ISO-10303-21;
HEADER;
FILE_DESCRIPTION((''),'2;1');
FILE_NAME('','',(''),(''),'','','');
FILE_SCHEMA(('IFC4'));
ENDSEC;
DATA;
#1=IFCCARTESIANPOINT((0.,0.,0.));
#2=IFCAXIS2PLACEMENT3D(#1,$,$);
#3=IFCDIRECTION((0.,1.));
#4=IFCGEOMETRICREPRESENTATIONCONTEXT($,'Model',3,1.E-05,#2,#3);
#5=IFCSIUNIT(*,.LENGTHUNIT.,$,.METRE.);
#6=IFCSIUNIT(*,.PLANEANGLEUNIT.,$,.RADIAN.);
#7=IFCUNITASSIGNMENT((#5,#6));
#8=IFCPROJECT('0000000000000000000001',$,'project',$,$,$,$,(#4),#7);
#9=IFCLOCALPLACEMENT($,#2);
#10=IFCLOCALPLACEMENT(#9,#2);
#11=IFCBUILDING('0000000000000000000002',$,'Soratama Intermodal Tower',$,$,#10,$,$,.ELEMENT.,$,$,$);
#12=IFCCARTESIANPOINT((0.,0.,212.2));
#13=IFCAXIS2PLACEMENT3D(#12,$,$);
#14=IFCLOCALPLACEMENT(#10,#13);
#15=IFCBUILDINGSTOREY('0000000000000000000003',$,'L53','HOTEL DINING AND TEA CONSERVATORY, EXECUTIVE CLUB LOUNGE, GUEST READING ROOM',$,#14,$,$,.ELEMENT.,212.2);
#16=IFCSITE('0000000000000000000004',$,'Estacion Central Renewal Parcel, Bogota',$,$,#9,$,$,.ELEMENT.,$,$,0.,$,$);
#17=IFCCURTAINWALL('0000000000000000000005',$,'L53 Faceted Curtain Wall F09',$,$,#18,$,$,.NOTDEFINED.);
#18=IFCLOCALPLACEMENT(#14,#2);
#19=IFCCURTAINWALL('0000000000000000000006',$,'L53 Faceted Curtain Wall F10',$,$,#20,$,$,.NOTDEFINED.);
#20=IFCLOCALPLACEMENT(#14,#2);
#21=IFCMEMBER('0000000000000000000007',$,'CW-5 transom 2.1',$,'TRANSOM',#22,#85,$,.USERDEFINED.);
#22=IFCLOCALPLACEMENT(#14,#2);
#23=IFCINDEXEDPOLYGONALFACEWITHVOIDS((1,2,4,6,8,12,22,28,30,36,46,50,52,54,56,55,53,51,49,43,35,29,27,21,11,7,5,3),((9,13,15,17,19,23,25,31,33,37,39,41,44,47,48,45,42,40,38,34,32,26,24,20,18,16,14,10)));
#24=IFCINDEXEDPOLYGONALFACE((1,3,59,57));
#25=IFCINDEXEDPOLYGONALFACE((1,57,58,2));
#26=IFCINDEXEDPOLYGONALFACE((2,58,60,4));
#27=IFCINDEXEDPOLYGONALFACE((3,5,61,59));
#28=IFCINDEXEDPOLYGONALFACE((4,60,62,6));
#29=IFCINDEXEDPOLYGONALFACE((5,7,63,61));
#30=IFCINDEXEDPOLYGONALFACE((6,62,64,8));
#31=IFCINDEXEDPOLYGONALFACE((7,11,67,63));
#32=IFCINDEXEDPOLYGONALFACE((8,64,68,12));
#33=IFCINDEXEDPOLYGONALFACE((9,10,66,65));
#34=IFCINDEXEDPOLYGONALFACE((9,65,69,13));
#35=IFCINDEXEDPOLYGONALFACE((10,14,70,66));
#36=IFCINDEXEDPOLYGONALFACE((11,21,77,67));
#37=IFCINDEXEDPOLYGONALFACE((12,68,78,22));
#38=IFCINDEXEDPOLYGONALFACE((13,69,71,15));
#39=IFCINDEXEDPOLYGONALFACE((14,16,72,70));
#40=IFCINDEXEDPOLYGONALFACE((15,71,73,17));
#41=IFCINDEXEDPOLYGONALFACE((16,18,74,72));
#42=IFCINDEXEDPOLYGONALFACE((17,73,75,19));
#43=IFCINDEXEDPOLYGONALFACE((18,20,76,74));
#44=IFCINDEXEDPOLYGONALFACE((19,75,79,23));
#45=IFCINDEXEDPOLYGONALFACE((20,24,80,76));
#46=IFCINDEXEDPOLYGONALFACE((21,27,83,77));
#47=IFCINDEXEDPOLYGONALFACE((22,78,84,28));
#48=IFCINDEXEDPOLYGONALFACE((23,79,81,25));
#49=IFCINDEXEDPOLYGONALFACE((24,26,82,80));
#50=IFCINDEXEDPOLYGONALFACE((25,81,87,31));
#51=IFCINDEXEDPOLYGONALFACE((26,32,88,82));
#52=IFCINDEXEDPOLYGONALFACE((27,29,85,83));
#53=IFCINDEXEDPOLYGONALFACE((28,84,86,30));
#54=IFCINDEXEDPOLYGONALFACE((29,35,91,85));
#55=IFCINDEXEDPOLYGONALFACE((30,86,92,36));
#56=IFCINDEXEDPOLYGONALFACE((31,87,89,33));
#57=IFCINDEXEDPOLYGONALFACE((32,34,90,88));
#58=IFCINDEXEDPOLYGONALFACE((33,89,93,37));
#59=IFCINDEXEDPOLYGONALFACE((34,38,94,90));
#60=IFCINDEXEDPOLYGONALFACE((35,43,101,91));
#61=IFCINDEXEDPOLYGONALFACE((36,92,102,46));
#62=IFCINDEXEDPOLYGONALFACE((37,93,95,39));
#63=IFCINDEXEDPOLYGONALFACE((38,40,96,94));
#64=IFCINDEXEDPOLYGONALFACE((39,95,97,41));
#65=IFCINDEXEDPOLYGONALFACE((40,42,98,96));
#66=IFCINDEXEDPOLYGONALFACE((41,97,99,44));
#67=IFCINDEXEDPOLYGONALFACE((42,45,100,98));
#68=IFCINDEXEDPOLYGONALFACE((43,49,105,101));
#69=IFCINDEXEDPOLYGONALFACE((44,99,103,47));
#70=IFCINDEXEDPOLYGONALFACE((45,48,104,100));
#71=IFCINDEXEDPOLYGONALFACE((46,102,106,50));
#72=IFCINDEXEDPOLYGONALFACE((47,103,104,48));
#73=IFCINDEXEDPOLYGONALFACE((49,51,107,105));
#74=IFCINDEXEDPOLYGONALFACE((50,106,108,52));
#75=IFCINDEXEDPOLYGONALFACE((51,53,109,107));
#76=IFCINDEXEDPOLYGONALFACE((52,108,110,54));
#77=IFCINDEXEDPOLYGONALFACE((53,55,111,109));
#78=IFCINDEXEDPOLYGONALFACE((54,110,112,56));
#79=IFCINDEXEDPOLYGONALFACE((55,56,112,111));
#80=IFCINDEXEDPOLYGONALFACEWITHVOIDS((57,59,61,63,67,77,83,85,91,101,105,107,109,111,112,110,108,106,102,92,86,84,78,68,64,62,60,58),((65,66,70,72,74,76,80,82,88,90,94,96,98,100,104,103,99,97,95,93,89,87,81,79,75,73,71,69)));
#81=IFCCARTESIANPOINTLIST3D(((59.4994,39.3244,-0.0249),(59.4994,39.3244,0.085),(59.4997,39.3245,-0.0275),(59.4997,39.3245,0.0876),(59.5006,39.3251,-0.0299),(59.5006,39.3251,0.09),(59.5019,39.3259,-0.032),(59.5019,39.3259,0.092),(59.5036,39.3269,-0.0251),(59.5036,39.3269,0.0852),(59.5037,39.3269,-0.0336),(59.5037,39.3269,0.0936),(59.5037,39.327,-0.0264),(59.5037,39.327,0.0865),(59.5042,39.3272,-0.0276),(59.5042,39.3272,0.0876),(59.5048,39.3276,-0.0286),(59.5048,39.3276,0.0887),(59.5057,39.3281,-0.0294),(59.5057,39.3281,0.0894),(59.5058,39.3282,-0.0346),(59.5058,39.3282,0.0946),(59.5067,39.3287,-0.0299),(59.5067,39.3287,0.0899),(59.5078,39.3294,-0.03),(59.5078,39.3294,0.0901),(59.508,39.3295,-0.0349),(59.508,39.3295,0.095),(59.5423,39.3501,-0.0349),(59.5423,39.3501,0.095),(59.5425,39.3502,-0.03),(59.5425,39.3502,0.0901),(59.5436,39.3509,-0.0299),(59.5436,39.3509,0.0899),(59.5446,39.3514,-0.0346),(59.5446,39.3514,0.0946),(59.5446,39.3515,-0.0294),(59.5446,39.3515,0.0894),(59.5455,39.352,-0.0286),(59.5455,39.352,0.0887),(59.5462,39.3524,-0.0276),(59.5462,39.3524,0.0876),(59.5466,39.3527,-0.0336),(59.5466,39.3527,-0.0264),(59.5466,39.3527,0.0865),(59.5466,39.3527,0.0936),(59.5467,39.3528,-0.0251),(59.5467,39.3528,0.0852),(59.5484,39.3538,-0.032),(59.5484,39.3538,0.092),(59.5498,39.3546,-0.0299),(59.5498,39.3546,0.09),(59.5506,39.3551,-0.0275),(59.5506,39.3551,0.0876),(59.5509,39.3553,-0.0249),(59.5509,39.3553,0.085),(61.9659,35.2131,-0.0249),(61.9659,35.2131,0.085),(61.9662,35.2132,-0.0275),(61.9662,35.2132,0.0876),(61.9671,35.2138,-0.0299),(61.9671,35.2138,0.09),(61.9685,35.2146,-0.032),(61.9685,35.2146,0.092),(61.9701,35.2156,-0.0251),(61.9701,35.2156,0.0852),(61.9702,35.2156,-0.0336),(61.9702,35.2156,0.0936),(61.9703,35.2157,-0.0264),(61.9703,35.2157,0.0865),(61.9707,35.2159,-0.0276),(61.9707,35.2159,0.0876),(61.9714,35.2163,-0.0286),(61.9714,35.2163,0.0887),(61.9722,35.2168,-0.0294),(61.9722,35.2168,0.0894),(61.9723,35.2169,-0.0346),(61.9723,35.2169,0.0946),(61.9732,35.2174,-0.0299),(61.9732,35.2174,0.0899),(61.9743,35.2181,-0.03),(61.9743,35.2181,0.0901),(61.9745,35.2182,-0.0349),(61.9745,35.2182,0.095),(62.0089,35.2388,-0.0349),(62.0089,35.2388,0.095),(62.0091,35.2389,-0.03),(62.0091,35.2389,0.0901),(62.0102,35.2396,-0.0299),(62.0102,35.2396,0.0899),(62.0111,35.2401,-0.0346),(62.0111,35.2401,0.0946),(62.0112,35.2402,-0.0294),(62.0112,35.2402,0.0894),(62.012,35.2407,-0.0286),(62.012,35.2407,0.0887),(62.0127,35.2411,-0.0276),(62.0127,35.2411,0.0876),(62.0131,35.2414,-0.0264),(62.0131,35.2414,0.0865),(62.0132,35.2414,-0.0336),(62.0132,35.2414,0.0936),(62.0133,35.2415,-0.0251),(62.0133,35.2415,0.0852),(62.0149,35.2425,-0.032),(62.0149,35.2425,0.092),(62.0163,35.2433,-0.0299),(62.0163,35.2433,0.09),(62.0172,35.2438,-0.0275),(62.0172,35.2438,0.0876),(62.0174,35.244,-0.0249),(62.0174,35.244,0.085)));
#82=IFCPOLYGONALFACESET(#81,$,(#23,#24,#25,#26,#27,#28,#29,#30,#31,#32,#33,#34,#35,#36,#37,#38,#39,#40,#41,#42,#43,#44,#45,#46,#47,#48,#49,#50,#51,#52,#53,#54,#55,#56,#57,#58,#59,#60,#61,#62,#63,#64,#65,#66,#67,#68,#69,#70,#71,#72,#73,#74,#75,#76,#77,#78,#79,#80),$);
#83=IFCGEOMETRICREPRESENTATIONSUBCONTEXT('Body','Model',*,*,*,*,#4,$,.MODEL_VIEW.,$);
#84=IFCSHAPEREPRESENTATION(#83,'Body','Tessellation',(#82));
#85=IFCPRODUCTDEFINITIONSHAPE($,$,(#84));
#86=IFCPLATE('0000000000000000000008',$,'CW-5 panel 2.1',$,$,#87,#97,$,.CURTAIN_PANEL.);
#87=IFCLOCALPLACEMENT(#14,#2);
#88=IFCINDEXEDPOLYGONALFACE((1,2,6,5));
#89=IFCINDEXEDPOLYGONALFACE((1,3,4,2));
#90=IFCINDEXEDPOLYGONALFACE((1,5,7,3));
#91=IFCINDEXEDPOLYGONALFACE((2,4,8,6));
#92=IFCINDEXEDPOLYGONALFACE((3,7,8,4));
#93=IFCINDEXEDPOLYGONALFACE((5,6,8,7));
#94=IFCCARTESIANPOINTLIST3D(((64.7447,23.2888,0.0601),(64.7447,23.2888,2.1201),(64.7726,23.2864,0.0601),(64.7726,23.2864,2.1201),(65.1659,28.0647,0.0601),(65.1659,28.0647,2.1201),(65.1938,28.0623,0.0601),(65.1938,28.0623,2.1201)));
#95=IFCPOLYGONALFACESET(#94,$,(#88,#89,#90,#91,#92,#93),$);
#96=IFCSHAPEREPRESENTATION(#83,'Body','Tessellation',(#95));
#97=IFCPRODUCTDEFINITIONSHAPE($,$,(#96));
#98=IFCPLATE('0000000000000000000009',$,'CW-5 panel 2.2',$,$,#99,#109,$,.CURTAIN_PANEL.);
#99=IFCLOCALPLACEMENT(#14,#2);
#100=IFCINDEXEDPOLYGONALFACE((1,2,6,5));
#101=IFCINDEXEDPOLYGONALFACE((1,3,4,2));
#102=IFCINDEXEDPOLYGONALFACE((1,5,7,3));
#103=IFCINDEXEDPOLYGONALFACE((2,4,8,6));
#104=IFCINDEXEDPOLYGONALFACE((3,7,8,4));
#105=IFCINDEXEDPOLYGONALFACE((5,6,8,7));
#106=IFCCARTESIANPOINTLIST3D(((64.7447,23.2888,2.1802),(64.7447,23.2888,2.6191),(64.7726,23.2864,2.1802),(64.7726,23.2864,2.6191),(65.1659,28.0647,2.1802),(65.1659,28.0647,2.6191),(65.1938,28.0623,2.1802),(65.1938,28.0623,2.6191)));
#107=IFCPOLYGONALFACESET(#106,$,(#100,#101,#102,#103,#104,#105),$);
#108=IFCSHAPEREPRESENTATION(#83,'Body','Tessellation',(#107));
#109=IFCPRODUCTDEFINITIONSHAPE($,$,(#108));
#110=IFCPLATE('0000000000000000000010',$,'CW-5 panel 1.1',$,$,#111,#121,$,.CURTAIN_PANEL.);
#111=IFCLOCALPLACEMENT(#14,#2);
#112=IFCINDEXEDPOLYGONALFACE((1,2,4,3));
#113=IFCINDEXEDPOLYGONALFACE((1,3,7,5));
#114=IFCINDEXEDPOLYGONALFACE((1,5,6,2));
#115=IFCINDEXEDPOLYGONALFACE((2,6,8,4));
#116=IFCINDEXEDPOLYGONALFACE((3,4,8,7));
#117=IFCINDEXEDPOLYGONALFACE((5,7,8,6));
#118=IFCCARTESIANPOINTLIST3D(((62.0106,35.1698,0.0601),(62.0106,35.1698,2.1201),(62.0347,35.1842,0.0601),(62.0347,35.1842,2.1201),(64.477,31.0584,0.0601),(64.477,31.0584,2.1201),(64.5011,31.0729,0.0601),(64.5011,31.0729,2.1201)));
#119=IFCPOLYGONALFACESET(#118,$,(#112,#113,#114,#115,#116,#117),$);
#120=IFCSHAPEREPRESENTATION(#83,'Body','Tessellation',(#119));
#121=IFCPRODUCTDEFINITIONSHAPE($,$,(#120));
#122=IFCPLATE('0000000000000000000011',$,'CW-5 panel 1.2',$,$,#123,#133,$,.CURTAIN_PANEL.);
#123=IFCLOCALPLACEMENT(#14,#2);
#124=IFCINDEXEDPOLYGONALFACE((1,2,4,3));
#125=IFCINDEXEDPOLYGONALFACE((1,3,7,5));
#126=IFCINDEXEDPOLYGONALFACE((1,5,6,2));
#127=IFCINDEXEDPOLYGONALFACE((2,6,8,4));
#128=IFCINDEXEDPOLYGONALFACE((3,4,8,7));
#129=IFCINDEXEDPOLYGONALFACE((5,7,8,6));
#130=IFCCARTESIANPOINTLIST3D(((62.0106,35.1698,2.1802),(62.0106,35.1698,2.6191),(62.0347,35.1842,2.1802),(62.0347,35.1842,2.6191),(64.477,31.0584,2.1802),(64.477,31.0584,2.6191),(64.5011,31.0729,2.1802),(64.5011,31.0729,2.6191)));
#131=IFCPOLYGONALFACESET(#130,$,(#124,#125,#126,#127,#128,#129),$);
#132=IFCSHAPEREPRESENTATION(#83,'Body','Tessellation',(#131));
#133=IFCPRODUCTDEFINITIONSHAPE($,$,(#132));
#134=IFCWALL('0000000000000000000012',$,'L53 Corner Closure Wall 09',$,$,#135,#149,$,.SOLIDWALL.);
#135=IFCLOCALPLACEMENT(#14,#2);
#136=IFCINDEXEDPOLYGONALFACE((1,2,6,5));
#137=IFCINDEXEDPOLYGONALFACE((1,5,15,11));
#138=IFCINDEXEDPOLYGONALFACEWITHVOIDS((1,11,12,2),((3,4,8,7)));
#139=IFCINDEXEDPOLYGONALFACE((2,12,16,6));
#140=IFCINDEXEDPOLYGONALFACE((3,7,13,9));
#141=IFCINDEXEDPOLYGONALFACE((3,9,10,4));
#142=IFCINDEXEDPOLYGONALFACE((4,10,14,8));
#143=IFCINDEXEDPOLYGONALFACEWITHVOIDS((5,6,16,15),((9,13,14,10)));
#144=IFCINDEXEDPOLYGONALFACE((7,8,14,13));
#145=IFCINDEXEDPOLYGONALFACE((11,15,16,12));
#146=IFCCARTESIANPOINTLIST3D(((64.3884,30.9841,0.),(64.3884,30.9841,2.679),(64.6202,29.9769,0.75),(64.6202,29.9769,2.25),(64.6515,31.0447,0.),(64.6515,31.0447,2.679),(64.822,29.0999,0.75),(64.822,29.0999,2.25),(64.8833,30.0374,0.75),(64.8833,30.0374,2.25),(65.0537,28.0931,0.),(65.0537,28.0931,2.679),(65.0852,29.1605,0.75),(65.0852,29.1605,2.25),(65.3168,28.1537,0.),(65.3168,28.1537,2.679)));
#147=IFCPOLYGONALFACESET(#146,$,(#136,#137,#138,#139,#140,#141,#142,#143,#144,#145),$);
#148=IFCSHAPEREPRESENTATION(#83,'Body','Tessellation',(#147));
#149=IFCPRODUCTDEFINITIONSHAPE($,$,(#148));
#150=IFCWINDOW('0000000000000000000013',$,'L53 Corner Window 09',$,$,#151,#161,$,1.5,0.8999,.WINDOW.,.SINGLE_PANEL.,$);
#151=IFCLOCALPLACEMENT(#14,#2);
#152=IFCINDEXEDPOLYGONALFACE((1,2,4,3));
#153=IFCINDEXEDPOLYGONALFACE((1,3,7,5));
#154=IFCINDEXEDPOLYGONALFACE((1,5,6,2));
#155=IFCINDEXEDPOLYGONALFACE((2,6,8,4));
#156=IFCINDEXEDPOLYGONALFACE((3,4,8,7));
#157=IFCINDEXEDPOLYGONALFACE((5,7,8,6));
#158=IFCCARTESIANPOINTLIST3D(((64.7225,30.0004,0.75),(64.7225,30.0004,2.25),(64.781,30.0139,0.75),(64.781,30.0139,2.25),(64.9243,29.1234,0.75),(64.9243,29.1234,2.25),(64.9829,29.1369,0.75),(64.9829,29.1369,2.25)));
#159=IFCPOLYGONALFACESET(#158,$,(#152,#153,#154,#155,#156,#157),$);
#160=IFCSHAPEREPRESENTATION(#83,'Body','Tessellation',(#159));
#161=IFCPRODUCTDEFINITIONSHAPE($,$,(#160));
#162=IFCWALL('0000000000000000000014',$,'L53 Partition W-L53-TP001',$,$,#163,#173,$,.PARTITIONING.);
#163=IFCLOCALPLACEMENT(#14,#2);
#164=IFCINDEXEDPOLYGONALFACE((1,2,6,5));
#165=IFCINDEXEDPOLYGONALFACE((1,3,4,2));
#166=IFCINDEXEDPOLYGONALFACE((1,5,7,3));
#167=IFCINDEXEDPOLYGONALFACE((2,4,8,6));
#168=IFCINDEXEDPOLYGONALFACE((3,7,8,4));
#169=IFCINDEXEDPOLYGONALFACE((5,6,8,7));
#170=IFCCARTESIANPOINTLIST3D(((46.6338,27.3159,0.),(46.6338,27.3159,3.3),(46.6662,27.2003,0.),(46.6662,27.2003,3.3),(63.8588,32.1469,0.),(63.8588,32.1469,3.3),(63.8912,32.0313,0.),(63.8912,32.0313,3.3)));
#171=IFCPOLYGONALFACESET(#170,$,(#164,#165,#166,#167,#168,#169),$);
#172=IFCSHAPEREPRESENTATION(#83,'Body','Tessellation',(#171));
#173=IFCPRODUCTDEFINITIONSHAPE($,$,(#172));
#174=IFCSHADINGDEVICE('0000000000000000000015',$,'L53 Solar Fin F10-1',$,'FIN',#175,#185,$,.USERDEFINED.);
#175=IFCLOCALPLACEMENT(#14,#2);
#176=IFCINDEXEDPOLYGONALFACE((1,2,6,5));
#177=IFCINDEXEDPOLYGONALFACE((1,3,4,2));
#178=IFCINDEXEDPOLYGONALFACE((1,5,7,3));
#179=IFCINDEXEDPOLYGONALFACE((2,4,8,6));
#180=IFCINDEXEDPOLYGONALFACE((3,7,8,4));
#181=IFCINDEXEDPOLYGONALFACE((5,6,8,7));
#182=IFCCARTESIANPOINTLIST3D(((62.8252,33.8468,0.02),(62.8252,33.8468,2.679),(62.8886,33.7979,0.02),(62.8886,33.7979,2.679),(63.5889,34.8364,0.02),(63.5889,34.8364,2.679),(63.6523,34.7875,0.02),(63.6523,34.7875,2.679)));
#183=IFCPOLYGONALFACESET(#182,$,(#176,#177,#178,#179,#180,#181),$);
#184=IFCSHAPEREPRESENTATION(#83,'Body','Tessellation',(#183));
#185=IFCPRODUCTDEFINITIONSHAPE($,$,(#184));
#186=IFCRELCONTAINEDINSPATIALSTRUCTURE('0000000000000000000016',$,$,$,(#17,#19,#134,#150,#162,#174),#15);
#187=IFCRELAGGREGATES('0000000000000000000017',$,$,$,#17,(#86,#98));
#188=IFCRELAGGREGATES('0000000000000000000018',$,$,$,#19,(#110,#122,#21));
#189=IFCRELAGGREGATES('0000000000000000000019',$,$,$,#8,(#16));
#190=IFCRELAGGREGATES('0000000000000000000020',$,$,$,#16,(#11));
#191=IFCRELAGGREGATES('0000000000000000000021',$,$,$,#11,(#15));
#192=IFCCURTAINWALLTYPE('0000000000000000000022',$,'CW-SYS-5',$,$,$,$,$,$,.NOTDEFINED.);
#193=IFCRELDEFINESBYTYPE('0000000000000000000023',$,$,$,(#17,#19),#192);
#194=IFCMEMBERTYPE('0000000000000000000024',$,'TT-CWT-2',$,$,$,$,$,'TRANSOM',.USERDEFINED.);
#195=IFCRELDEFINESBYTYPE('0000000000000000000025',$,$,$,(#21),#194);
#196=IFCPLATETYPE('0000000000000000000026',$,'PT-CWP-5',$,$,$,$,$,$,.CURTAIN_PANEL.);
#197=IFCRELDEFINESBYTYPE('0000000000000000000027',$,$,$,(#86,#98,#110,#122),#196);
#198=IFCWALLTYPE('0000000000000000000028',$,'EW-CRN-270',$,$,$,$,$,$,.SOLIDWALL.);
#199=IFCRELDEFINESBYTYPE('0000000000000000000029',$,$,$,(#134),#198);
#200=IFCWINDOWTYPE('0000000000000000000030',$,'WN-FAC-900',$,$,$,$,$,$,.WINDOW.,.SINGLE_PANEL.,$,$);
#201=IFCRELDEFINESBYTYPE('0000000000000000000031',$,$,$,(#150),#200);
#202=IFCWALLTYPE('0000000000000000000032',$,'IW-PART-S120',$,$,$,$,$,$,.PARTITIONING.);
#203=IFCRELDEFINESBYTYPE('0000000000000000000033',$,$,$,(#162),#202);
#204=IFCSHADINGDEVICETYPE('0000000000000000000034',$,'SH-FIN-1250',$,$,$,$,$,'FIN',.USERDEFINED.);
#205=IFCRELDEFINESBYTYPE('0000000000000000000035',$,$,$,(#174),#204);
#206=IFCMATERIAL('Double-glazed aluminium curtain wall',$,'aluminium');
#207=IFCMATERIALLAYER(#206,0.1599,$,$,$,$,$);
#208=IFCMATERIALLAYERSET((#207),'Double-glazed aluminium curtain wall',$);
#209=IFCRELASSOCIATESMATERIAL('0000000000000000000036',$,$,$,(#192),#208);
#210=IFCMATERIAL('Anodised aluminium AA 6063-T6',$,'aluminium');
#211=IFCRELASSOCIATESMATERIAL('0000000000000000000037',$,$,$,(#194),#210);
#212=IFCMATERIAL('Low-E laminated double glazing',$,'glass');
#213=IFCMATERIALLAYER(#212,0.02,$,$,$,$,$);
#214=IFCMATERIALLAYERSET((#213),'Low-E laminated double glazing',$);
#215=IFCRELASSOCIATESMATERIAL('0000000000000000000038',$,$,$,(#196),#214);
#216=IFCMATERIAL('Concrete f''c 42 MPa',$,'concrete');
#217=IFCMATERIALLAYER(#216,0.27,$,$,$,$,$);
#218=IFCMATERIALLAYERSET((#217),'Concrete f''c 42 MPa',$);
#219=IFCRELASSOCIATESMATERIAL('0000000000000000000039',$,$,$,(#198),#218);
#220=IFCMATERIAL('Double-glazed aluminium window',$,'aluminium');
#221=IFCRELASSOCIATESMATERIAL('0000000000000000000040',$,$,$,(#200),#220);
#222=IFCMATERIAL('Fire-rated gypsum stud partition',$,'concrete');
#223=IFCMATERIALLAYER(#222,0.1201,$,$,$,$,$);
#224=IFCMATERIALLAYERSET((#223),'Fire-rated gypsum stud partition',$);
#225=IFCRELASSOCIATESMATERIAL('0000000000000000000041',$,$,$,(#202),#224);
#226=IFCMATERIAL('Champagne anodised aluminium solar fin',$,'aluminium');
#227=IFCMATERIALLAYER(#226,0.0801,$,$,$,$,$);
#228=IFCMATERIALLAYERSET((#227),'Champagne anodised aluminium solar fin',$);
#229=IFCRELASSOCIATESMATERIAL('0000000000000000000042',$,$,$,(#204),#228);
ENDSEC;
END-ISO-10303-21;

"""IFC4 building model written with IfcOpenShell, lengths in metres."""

from ifc_helpers import new_model, si_unit, direction, frame, frame_2d, origin, origin_2d, place, context, subcontext, project, spatial, rectangle, hollow_rectangle, extrude, material, layer, layer_set, material_profile, profile_set, type_object, element, fill, aggregate, save


model = new_model("IFC4")

# Units and contexts
model_context = context("Model", 3, precision=1e-05, world=origin(), true_north=direction((0.0, 1.0)))
body_context = subcontext(model_context, "Body", "Model", "MODEL_VIEW")
ifc_project = project(units=[si_unit("LENGTHUNIT", "METRE"), si_unit("PLANEANGLEUNIT", "RADIAN")], contexts=[model_context])

# Site, building, storey
site_placement = place(None, origin())
site = spatial("IfcSite", under=ifc_project, at=site_placement, Name="Estacion Central Renewal Parcel, Bogota", CompositionType="ELEMENT", RefElevation=0.0)
building_placement = place(site_placement, origin())
building = spatial("IfcBuilding", under=site, at=building_placement, Name="Soratama Intermodal Tower", CompositionType="ELEMENT")
storey_placement = place(building_placement, frame((0.0, 0.0, 212.2)))
storey = spatial("IfcBuildingStorey", under=building, at=storey_placement, Name="L53", Description="HOTEL DINING AND TEA CONSERVATORY, EXECUTIVE CLUB LOUNGE, GUEST READING ROOM", CompositionType="ELEMENT", Elevation=212.2)

# Curtain wall
ifc_material_1 = material(Name="Double-glazed aluminium curtain wall", Category="aluminium")
ifc_layer_1 = layer(ifc_material_1, 0.1599)
ifc_layer_set_1 = layer_set([ifc_layer_1], Name="Double-glazed aluminium curtain wall")
curtain_wall_type = type_object("IfcCurtainWallType", Name="CW-SYS-5", PredefinedType="NOTDEFINED", material=ifc_layer_set_1)
curtain_wall_1_placement = place(storey_placement, origin())
curtain_wall_1 = element("IfcCurtainWall", 1, at=curtain_wall_1_placement, inside=storey, type_object=curtain_wall_type, Name="L53 Faceted Curtain Wall F09", PredefinedType="NOTDEFINED")

# Curtain wall, member
curtain_wall_2_placement = place(storey_placement, origin())
curtain_wall_2 = element("IfcCurtainWall", 2, at=curtain_wall_2_placement, inside=storey, type_object=curtain_wall_type, Name="L53 Faceted Curtain Wall F10", PredefinedType="NOTDEFINED")
ifc_material_2 = material(Name="Anodised aluminium AA 6063-T6", Category="aluminium")
ifc_material_profile_1 = material_profile(ifc_material_2, hollow_rectangle(XDim=0.0601, YDim=0.1299, WallThickness=0.0049, InnerFilletRadius=0.0049, OuterFilletRadius=0.01, at=origin_2d()), Name="CWT130X60X5")
ifc_profile_set_1 = profile_set([ifc_material_profile_1], Name="Anodised aluminium AA 6063-T6")
member_type_1 = type_object("IfcMemberType", Name="TT-CWT-2", ElementType="TRANSOM", PredefinedType="USERDEFINED", material=ifc_profile_set_1)
member_1_placement = place(storey_placement, frame((61.9917, 35.2285, 0.03), z_axis=(-0.514458, 0.857515, 0.0), x_axis=(-0.857515, -0.514458, 0.0)))
member_1 = element("IfcMember", 3, at=member_1_placement, type_object=member_type_1, Name="CW-5 transom 2.1", ObjectType="TRANSOM", PredefinedType="USERDEFINED", context=body_context, shape_type="SweptSolid", body=[
    extrude(hollow_rectangle(XDim=0.0601, YDim=0.1299, WallThickness=0.0049, InnerFilletRadius=0.0049, OuterFilletRadius=0.01, at=origin_2d()), origin(), (0.0, 0.0, 1.0), 4.7944),
])

# Plates
ifc_material_3 = material(Name="Low-E laminated double glazing", Category="glass")
ifc_layer_2 = layer(ifc_material_3, 0.02)
ifc_layer_set_2 = layer_set([ifc_layer_2], Name="Low-E laminated double glazing")
plate_type = type_object("IfcPlateType", Name="PT-CWP-5", PredefinedType="CURTAIN_PANEL", material=ifc_layer_set_2)
plate_1_placement = place(storey_placement, frame((64.9692, 25.6755, 0.0601), z_axis=(0.0, 0.0, 1.0), x_axis=(0.08785, 0.996134, 0.0)))
plate_1 = element("IfcPlate", 4, at=plate_1_placement, type_object=plate_type, Name="CW-5 panel 2.1", PredefinedType="CURTAIN_PANEL", context=body_context, shape_type="SweptSolid", body=[
    extrude(rectangle(XDim=4.7944, YDim=0.0281, at=origin_2d()), origin(), (0.0, 0.0, 1.0), 2.0601),
])
plate_2_placement = place(storey_placement, frame((64.9692, 25.6755, 2.1802), z_axis=(0.0, 0.0, 1.0), x_axis=(0.08785, 0.996134, 0.0)))
plate_2 = element("IfcPlate", 5, at=plate_2_placement, type_object=plate_type, Name="CW-5 panel 2.2", PredefinedType="CURTAIN_PANEL", context=body_context, shape_type="SweptSolid", body=[
    extrude(rectangle(XDim=4.7944, YDim=0.0281, at=origin_2d()), origin(), (0.0, 0.0, 1.0), 0.439),
])
aggregate(curtain_wall_1, [plate_1, plate_2])
plate_3_placement = place(storey_placement, frame((63.2559, 33.1213, 0.0601), z_axis=(0.0, 0.0, 1.0), x_axis=(-0.514439, 0.857527, 0.0)))
plate_3 = element("IfcPlate", 6, at=plate_3_placement, type_object=plate_type, Name="CW-5 panel 1.1", PredefinedType="CURTAIN_PANEL", context=body_context, shape_type="SweptSolid", body=[
    extrude(rectangle(XDim=4.7944, YDim=0.0281, at=origin_2d()), origin(), (0.0, 0.0, 1.0), 2.0601),
])
plate_4_placement = place(storey_placement, frame((63.2559, 33.1213, 2.1802), z_axis=(0.0, 0.0, 1.0), x_axis=(-0.514439, 0.857527, 0.0)))
plate_4 = element("IfcPlate", 7, at=plate_4_placement, type_object=plate_type, Name="CW-5 panel 1.2", PredefinedType="CURTAIN_PANEL", context=body_context, shape_type="SweptSolid", body=[
    extrude(rectangle(XDim=4.7944, YDim=0.0281, at=origin_2d()), origin(), (0.0, 0.0, 1.0), 0.439),
])
aggregate(curtain_wall_2, [plate_3, plate_4, member_1])

# Wall, opening, window
ifc_material_4 = material(Name="Concrete f'c 42 MPa", Category="concrete")
ifc_layer_3 = layer(ifc_material_4, 0.27)
ifc_layer_set_3 = layer_set([ifc_layer_3], Name="Concrete f'c 42 MPa")
wall_type_1 = type_object("IfcWallType", Name="EW-CRN-270", PredefinedType="SOLIDWALL", material=ifc_layer_set_3)
wall_1_placement = place(storey_placement, frame((65.1853, 28.1233, 0.0), z_axis=(0.0, 0.0, 1.0), x_axis=(-0.22427, 0.974527, 0.0)))
wall_1 = element("IfcWall", 8, at=wall_1_placement, inside=storey, type_object=wall_type_1, Name="L53 Corner Closure Wall 09", PredefinedType="SOLIDWALL", context=body_context, shape_type="SweptSolid", body=[
    extrude(rectangle(XDim=2.9666, YDim=0.27, at=frame_2d((1.4834, 0.0))), origin(), (0.0, 0.0, 1.0), 2.679),
])
opening_placement = place(wall_1_placement, frame((1.0332, 0.0, 0.75)))
opening = element("IfcOpeningElement", 9, at=opening_placement, cuts=wall_1, PredefinedType="OPENING", context=body_context, shape_type="SweptSolid", body=[
    extrude(rectangle(XDim=0.8999, YDim=1.5, at=frame_2d((0.45, 0.75))), frame((0.0, 0.145, 0.0), z_axis=(0.0, -1.0, 0.0), x_axis=(1.0, 0.0, 0.0)), (0.0, 0.0, 1.0), 0.29),
])
ifc_material_5 = material(Name="Double-glazed aluminium window", Category="aluminium")
window_type = type_object("IfcWindowType", Name="WN-FAC-900", PartitioningType="SINGLE_PANEL", PredefinedType="WINDOW", material=ifc_material_5)
window_placement = place(opening_placement, origin())
window = element("IfcWindow", 10, at=window_placement, inside=storey, type_object=window_type, Name="L53 Corner Window 09", OverallHeight=1.5, OverallWidth=0.8999, PartitioningType="SINGLE_PANEL", PredefinedType="WINDOW", context=body_context, shape_type="SweptSolid", body=[
    extrude(rectangle(XDim=0.8999, YDim=1.5, at=frame_2d((0.45, 0.75))), frame((0.0, 0.03, 0.0), z_axis=(0.0, -1.0, 0.0), x_axis=(1.0, 0.0, 0.0)), (0.0, 0.0, 1.0), 0.0601),
])
fill(opening, window)

# Wall
ifc_material_6 = material(Name="Fire-rated gypsum stud partition", Category="concrete")
ifc_layer_4 = layer(ifc_material_6, 0.1201)
ifc_layer_set_4 = layer_set([ifc_layer_4], Name="Fire-rated gypsum stud partition")
wall_type_2 = type_object("IfcWallType", Name="IW-PART-S120", PredefinedType="PARTITIONING", material=ifc_layer_set_4)
wall_2_placement = place(storey_placement, frame((63.875, 32.0891, 0.0), z_axis=(0.0, 0.0, 1.0), x_axis=(-0.962847, -0.270046, 0.0)))
element("IfcWall", 11, at=wall_2_placement, inside=storey, type_object=wall_type_2, Name="L53 Partition W-L53-TP001", PredefinedType="PARTITIONING", context=body_context, shape_type="SweptSolid", body=[
    extrude(rectangle(XDim=17.8896, YDim=0.1201, at=frame_2d((8.9448, 0.0))), origin(), (0.0, 0.0, 1.0), 3.3),
])

# Shading device
ifc_material_7 = material(Name="Champagne anodised aluminium solar fin", Category="aluminium")
ifc_layer_5 = layer(ifc_material_7, 0.0801)
ifc_layer_set_5 = layer_set([ifc_layer_5], Name="Champagne anodised aluminium solar fin")
shading_device_type = type_object("IfcShadingDeviceType", Name="SH-FIN-1250", ElementType="FIN", PredefinedType="USERDEFINED", material=ifc_layer_set_5)
shading_device_placement = place(storey_placement, frame((63.2388, 34.3171, 0.02), z_axis=(0.0, 0.0, 1.0), x_axis=(0.610975, 0.79165, 0.0)))
element("IfcShadingDevice", 12, at=shading_device_placement, inside=storey, type_object=shading_device_type, Name="L53 Solar Fin F10-1", ObjectType="FIN", PredefinedType="USERDEFINED", context=body_context, shape_type="SweptSolid", body=[
    extrude(rectangle(XDim=1.25, YDim=0.0801, at=origin_2d()), origin(), (0.0, 0.0, 1.0), 2.6589),
])

save(model, "model.ifc")
